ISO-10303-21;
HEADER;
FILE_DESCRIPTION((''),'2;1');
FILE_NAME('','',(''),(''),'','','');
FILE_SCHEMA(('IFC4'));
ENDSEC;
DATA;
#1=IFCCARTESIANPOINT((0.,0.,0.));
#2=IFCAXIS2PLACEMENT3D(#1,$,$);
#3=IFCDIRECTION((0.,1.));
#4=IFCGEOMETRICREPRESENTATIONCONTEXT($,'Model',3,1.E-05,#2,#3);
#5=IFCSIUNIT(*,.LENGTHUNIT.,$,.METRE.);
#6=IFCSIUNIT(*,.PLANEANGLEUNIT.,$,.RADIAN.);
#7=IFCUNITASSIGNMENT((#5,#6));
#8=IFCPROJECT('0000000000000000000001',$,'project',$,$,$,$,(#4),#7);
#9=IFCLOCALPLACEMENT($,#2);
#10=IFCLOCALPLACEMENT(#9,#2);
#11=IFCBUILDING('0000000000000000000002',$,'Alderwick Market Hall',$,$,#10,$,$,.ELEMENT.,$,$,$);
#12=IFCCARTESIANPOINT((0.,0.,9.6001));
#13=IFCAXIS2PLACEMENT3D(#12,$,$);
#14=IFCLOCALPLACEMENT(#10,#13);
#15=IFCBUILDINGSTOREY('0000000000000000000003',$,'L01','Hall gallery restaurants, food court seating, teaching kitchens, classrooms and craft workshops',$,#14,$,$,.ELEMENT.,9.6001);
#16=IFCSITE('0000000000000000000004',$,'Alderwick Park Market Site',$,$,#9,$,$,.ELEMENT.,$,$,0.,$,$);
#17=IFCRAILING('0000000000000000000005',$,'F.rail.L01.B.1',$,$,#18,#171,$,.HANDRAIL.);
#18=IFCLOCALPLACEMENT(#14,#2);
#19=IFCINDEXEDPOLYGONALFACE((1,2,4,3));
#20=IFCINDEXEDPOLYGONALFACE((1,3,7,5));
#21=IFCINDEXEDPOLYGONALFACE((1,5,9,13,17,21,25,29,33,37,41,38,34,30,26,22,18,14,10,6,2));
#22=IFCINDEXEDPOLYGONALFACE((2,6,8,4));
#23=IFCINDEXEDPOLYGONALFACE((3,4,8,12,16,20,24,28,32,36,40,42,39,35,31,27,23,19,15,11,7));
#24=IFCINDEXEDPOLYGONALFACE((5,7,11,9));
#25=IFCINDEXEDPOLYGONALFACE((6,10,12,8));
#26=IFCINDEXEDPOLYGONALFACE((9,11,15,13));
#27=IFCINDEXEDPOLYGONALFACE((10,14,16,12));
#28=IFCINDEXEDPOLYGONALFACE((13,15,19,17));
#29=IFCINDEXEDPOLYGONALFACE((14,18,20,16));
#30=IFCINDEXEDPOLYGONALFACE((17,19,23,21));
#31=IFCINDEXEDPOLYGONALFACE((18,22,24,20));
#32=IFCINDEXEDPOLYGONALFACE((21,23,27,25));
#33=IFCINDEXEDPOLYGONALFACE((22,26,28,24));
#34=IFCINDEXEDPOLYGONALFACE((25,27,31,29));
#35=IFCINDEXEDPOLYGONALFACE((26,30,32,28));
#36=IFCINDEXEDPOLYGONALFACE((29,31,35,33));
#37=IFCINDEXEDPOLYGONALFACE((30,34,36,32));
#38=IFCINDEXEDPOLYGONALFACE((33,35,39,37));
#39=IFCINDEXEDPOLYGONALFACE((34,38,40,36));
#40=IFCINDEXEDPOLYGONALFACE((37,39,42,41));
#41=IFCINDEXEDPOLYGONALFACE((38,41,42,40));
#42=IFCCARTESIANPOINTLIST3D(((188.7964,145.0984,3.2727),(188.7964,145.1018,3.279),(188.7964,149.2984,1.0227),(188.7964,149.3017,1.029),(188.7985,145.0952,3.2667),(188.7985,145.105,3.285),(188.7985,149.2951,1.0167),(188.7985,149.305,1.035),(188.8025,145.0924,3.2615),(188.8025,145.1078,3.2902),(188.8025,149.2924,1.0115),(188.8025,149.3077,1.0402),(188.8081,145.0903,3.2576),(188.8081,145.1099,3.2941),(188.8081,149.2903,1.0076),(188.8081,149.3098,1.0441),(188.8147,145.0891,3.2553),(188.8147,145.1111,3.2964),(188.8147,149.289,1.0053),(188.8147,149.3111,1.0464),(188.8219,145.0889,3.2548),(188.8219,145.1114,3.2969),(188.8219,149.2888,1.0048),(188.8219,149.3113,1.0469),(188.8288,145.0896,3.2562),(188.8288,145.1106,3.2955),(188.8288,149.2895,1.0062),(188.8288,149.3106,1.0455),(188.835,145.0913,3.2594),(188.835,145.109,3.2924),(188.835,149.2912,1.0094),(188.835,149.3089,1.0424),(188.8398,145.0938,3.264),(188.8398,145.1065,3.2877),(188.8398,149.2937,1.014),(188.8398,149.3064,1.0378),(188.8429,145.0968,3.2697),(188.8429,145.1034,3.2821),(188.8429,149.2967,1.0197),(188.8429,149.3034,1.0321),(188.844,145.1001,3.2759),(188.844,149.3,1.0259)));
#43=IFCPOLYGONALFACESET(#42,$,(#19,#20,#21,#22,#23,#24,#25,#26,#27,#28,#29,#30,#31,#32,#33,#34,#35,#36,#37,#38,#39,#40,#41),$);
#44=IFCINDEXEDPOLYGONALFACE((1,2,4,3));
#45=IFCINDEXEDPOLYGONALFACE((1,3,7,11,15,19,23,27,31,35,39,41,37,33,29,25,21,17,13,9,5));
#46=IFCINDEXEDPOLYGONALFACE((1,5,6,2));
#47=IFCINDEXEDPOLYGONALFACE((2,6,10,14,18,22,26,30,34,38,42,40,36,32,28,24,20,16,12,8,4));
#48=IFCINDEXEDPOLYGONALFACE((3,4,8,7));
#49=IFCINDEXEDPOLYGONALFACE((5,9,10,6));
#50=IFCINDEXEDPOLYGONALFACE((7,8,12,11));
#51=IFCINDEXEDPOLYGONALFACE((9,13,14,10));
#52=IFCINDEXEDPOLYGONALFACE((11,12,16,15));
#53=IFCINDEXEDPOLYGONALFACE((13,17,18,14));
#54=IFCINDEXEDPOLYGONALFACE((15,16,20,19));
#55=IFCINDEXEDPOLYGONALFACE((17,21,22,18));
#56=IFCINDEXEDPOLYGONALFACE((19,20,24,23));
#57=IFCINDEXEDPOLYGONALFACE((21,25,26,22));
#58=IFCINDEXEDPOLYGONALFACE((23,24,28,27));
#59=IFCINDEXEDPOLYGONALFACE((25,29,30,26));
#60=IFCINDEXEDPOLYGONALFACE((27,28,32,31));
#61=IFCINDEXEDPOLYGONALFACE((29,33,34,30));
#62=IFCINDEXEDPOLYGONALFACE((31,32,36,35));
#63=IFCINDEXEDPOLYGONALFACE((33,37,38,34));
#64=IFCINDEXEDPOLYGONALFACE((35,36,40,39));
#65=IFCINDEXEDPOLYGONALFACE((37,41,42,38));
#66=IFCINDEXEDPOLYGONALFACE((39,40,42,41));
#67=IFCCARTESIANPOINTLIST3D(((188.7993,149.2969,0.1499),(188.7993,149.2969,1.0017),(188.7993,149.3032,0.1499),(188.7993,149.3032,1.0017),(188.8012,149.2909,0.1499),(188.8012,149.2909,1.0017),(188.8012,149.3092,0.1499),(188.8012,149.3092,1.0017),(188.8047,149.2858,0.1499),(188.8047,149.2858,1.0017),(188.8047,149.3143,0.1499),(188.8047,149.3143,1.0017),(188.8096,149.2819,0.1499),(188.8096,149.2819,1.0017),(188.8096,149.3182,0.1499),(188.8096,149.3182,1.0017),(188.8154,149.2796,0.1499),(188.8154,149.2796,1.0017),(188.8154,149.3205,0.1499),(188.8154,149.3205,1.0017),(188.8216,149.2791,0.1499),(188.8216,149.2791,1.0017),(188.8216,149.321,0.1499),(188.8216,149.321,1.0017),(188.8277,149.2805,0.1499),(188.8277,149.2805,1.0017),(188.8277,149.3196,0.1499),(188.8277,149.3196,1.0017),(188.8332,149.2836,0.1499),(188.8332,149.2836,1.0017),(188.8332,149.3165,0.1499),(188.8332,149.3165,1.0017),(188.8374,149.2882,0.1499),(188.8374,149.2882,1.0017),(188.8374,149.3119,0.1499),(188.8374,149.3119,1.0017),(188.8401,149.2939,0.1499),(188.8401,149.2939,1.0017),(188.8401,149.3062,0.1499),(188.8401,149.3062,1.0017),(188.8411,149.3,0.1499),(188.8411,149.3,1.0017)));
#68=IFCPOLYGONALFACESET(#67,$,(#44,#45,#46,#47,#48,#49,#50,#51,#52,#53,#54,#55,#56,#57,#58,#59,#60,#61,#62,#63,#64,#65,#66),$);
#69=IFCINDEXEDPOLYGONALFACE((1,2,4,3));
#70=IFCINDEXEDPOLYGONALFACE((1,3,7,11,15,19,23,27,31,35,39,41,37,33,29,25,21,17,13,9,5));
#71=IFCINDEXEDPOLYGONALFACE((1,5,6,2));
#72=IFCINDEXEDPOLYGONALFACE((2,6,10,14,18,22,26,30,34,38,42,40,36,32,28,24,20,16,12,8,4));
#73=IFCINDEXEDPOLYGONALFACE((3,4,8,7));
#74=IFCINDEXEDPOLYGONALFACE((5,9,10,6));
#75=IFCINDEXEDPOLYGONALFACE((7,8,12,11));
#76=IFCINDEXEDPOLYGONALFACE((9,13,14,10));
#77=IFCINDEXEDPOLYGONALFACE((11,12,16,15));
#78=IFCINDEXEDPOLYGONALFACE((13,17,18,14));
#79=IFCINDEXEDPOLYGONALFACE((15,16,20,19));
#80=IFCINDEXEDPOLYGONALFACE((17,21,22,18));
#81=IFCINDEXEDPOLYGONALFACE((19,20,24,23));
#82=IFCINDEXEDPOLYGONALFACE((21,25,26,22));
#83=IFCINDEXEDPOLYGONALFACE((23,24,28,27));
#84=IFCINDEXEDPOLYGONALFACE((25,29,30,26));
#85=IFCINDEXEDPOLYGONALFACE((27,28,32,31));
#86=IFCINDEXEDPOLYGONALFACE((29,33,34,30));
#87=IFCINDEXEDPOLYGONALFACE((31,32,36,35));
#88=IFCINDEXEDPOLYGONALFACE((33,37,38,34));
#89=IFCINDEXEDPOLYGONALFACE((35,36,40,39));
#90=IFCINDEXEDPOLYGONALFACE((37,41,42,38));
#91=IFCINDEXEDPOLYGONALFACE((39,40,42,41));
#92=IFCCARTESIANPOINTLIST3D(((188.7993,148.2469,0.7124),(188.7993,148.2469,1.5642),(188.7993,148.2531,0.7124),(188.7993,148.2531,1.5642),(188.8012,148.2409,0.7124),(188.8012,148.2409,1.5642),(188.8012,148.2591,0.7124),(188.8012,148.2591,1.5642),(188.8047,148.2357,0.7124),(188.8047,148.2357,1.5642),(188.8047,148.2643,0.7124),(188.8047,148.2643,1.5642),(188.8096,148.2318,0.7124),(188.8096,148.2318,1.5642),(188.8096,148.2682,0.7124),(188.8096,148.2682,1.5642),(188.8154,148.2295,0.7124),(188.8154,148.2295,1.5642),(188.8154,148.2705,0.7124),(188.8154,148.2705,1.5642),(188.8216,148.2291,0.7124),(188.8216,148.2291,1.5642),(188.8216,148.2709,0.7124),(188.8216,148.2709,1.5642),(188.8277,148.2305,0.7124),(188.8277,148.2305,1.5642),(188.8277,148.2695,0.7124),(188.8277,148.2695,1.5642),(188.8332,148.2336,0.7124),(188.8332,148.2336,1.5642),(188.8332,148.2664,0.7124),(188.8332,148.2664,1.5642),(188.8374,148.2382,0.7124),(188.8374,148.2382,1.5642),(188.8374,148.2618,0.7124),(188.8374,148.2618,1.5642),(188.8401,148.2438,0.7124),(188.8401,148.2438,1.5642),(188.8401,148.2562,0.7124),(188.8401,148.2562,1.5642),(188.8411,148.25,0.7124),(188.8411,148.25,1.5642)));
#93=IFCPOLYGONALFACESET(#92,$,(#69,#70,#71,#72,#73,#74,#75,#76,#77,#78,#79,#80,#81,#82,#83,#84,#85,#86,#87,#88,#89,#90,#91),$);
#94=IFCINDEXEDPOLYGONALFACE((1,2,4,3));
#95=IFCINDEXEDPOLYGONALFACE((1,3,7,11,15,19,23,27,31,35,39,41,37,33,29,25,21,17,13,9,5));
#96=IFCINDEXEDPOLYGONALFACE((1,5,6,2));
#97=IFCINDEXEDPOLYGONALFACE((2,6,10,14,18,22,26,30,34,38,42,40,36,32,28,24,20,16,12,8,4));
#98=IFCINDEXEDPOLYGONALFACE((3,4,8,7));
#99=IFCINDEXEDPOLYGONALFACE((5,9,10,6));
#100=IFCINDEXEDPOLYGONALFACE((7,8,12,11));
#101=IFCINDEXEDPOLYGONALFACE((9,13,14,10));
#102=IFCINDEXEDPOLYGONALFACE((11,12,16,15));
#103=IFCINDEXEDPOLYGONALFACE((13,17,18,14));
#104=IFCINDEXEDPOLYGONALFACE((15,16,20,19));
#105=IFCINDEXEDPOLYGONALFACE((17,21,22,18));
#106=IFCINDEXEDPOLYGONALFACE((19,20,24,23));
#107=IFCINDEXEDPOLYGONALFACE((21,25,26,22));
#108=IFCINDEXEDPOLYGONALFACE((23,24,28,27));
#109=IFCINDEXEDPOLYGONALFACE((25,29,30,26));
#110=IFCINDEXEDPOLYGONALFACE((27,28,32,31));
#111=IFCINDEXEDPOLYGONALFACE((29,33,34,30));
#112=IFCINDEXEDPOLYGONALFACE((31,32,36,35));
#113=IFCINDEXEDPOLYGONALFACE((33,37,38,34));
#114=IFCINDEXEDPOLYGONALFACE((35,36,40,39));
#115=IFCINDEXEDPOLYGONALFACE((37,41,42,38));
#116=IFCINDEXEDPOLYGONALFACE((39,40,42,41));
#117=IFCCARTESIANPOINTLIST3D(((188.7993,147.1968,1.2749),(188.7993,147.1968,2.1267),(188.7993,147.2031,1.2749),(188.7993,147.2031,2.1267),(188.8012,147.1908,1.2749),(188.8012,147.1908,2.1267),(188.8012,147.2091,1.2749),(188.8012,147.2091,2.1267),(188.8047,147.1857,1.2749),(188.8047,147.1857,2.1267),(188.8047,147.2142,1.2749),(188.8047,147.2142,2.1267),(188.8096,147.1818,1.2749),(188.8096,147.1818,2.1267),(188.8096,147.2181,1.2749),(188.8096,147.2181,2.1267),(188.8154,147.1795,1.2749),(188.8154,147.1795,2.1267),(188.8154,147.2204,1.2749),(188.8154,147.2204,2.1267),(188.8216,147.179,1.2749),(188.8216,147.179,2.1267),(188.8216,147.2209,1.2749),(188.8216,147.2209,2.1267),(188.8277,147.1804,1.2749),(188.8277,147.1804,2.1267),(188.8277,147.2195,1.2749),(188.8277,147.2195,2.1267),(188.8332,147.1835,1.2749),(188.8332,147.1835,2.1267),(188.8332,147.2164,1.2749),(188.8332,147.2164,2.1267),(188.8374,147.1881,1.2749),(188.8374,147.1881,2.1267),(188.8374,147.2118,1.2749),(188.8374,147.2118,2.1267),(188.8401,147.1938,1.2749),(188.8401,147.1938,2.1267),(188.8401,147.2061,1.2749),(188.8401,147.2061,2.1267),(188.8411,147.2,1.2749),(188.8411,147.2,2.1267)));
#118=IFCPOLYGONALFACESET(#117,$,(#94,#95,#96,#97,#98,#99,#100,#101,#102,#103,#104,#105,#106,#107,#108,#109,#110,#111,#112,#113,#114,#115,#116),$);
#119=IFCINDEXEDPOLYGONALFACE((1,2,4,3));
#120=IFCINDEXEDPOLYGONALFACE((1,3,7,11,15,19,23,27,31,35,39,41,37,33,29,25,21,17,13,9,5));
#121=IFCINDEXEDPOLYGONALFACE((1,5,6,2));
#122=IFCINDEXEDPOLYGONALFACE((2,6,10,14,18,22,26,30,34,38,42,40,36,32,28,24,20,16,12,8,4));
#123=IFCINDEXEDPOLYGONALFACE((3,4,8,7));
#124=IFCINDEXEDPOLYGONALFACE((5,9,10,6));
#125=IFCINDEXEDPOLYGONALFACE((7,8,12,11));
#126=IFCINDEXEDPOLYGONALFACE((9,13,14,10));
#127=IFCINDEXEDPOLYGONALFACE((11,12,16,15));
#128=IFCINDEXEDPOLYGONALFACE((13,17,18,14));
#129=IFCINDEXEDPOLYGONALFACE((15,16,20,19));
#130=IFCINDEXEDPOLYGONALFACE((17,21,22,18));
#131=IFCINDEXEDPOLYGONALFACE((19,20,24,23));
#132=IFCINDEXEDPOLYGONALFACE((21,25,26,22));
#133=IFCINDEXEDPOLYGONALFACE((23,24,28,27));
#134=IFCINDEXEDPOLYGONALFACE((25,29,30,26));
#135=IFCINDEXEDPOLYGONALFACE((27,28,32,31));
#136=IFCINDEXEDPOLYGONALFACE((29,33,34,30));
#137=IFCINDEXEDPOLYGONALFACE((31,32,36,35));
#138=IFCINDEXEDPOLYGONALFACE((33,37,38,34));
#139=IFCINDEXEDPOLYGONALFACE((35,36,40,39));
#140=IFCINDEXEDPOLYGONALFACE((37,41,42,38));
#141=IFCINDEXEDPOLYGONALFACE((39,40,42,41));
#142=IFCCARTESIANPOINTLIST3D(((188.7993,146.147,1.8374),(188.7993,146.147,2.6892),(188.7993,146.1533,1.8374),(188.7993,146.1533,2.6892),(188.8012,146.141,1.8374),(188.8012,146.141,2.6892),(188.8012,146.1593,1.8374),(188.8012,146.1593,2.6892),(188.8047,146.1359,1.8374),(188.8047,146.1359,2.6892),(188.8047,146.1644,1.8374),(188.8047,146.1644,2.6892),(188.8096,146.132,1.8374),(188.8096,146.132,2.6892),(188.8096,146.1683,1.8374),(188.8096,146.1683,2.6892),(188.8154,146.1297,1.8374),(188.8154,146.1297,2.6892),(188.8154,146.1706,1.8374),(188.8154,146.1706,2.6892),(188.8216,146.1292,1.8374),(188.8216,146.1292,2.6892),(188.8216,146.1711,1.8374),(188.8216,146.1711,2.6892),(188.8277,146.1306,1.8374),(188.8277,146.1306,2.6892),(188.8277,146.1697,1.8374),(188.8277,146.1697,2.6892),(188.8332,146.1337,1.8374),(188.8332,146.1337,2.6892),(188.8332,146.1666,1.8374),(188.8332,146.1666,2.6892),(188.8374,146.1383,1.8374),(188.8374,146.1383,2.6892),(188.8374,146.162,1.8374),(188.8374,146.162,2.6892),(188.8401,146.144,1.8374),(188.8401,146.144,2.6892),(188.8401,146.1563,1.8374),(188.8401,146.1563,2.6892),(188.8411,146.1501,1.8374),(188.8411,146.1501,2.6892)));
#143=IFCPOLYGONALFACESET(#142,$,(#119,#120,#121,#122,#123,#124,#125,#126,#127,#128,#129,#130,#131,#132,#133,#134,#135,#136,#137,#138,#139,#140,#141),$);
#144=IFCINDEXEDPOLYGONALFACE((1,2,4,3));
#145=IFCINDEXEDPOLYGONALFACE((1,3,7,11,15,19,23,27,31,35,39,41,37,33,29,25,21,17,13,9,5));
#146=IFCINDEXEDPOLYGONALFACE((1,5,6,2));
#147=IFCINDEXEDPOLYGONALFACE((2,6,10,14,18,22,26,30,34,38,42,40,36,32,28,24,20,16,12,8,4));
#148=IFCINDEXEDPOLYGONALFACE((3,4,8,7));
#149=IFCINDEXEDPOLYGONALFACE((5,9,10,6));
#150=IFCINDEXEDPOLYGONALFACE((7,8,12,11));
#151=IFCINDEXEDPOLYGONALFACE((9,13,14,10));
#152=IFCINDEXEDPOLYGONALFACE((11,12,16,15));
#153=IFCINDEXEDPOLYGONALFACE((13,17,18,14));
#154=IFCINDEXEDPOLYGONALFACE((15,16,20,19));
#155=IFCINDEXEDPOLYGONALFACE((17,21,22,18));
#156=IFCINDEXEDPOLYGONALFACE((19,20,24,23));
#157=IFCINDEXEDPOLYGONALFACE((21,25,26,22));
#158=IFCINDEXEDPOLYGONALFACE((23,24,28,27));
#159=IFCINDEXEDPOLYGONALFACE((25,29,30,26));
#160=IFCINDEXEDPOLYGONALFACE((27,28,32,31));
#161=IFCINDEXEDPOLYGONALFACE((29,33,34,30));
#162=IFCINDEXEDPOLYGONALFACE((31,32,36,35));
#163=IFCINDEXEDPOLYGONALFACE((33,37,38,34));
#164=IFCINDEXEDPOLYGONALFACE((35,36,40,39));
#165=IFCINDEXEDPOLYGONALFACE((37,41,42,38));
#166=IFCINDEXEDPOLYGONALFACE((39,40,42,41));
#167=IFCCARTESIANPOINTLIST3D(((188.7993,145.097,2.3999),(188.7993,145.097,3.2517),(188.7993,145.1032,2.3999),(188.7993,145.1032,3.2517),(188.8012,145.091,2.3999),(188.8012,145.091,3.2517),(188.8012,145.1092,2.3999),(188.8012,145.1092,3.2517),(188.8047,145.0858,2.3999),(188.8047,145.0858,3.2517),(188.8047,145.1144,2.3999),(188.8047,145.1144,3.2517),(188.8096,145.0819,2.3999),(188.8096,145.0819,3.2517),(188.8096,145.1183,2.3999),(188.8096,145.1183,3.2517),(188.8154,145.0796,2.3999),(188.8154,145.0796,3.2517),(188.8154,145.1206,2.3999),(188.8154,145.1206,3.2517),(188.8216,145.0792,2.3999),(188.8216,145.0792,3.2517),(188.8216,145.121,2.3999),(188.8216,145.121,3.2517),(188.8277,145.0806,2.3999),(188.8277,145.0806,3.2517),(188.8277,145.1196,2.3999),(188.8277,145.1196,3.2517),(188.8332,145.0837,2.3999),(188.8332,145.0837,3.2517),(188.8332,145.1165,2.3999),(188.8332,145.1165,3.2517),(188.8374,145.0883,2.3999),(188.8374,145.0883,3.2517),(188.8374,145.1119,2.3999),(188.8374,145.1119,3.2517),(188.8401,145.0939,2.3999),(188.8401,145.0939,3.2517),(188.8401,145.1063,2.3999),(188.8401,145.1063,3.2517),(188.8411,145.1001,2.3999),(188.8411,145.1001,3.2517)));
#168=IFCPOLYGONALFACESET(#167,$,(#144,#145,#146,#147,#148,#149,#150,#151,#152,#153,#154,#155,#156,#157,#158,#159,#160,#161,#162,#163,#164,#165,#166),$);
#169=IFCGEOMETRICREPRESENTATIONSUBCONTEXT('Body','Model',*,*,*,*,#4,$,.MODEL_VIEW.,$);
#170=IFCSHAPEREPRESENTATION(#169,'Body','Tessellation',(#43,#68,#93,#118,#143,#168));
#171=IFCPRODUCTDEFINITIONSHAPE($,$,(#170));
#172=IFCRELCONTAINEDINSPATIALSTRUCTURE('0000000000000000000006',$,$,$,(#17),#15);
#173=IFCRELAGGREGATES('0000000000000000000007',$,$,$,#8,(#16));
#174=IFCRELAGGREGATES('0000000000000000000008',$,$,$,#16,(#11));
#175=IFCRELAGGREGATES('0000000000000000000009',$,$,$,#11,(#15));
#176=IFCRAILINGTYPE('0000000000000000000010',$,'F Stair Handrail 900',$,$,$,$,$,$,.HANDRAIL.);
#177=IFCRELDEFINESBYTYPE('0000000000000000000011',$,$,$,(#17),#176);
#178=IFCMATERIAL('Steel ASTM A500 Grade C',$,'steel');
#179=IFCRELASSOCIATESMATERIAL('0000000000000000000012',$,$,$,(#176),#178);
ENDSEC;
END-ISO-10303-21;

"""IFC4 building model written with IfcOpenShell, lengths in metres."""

from ifc_helpers import new_model, si_unit, direction, frame, origin, origin_2d, place, context, subcontext, project, spatial, circle, extrude, material, type_object, element, save


model = new_model("IFC4")

# Units and contexts
model_context = context("Model", 3, precision=1e-05, world=origin(), true_north=direction((0.0, 1.0)))
body_context = subcontext(model_context, "Body", "Model", "MODEL_VIEW")
ifc_project = project(units=[si_unit("LENGTHUNIT", "METRE"), si_unit("PLANEANGLEUNIT", "RADIAN")], contexts=[model_context])

# Site, building, storey
site_placement = place(None, origin())
site = spatial("IfcSite", under=ifc_project, at=site_placement, Name="Alderwick Park Market Site", CompositionType="ELEMENT", RefElevation=0.0)
building_placement = place(site_placement, origin())
building = spatial("IfcBuilding", under=site, at=building_placement, Name="Alderwick Market Hall", CompositionType="ELEMENT")
storey_placement = place(building_placement, frame((0.0, 0.0, 9.6001)))
storey = spatial("IfcBuildingStorey", under=building, at=storey_placement, Name="L01", Description="Hall gallery restaurants, food court seating, teaching kitchens, classrooms and craft workshops", CompositionType="ELEMENT", Elevation=9.6001)

# Railing
ifc_material_1 = material(Name="Steel ASTM A500 Grade C", Category="steel")
railing_type = type_object("IfcRailingType", Name="F Stair Handrail 900", PredefinedType="HANDRAIL", material=ifc_material_1)
for number, where, name in (
    (1, (188.8201, 149.3, 0.1499), "F.rail.L01.B.1"),
):
    element("IfcRailing", number, at=place(storey_placement, frame(where)), inside=storey, type_object=railing_type, Name=name, PredefinedType="HANDRAIL", context=body_context, shape_type="SweptSolid", body=[
        extrude(circle(Radius=0.0239, at=origin_2d()), frame((0.0, 0.0, 0.876), z_axis=(0.0, -0.881478, 0.472226), x_axis=(1.0, 0.0, 0.0)), (0.0, 0.0, 1.0), 4.7646),
        extrude(circle(Radius=0.021, at=origin_2d()), origin(), (0.0, 0.0, 1.0), 0.8518),
        extrude(circle(Radius=0.021, at=origin_2d()), frame((0.0, -1.05, 0.5625)), (0.0, 0.0, 1.0), 0.8518),
        extrude(circle(Radius=0.021, at=origin_2d()), frame((0.0, -2.1001, 1.125)), (0.0, 0.0, 1.0), 0.8518),
        extrude(circle(Radius=0.021, at=origin_2d()), frame((0.0, -3.1499, 1.6875)), (0.0, 0.0, 1.0), 0.8518),
        extrude(circle(Radius=0.021, at=origin_2d()), frame((0.0, -4.2, 2.25)), (0.0, 0.0, 1.0), 0.8518),
    ])

save(model, "model.ifc")
